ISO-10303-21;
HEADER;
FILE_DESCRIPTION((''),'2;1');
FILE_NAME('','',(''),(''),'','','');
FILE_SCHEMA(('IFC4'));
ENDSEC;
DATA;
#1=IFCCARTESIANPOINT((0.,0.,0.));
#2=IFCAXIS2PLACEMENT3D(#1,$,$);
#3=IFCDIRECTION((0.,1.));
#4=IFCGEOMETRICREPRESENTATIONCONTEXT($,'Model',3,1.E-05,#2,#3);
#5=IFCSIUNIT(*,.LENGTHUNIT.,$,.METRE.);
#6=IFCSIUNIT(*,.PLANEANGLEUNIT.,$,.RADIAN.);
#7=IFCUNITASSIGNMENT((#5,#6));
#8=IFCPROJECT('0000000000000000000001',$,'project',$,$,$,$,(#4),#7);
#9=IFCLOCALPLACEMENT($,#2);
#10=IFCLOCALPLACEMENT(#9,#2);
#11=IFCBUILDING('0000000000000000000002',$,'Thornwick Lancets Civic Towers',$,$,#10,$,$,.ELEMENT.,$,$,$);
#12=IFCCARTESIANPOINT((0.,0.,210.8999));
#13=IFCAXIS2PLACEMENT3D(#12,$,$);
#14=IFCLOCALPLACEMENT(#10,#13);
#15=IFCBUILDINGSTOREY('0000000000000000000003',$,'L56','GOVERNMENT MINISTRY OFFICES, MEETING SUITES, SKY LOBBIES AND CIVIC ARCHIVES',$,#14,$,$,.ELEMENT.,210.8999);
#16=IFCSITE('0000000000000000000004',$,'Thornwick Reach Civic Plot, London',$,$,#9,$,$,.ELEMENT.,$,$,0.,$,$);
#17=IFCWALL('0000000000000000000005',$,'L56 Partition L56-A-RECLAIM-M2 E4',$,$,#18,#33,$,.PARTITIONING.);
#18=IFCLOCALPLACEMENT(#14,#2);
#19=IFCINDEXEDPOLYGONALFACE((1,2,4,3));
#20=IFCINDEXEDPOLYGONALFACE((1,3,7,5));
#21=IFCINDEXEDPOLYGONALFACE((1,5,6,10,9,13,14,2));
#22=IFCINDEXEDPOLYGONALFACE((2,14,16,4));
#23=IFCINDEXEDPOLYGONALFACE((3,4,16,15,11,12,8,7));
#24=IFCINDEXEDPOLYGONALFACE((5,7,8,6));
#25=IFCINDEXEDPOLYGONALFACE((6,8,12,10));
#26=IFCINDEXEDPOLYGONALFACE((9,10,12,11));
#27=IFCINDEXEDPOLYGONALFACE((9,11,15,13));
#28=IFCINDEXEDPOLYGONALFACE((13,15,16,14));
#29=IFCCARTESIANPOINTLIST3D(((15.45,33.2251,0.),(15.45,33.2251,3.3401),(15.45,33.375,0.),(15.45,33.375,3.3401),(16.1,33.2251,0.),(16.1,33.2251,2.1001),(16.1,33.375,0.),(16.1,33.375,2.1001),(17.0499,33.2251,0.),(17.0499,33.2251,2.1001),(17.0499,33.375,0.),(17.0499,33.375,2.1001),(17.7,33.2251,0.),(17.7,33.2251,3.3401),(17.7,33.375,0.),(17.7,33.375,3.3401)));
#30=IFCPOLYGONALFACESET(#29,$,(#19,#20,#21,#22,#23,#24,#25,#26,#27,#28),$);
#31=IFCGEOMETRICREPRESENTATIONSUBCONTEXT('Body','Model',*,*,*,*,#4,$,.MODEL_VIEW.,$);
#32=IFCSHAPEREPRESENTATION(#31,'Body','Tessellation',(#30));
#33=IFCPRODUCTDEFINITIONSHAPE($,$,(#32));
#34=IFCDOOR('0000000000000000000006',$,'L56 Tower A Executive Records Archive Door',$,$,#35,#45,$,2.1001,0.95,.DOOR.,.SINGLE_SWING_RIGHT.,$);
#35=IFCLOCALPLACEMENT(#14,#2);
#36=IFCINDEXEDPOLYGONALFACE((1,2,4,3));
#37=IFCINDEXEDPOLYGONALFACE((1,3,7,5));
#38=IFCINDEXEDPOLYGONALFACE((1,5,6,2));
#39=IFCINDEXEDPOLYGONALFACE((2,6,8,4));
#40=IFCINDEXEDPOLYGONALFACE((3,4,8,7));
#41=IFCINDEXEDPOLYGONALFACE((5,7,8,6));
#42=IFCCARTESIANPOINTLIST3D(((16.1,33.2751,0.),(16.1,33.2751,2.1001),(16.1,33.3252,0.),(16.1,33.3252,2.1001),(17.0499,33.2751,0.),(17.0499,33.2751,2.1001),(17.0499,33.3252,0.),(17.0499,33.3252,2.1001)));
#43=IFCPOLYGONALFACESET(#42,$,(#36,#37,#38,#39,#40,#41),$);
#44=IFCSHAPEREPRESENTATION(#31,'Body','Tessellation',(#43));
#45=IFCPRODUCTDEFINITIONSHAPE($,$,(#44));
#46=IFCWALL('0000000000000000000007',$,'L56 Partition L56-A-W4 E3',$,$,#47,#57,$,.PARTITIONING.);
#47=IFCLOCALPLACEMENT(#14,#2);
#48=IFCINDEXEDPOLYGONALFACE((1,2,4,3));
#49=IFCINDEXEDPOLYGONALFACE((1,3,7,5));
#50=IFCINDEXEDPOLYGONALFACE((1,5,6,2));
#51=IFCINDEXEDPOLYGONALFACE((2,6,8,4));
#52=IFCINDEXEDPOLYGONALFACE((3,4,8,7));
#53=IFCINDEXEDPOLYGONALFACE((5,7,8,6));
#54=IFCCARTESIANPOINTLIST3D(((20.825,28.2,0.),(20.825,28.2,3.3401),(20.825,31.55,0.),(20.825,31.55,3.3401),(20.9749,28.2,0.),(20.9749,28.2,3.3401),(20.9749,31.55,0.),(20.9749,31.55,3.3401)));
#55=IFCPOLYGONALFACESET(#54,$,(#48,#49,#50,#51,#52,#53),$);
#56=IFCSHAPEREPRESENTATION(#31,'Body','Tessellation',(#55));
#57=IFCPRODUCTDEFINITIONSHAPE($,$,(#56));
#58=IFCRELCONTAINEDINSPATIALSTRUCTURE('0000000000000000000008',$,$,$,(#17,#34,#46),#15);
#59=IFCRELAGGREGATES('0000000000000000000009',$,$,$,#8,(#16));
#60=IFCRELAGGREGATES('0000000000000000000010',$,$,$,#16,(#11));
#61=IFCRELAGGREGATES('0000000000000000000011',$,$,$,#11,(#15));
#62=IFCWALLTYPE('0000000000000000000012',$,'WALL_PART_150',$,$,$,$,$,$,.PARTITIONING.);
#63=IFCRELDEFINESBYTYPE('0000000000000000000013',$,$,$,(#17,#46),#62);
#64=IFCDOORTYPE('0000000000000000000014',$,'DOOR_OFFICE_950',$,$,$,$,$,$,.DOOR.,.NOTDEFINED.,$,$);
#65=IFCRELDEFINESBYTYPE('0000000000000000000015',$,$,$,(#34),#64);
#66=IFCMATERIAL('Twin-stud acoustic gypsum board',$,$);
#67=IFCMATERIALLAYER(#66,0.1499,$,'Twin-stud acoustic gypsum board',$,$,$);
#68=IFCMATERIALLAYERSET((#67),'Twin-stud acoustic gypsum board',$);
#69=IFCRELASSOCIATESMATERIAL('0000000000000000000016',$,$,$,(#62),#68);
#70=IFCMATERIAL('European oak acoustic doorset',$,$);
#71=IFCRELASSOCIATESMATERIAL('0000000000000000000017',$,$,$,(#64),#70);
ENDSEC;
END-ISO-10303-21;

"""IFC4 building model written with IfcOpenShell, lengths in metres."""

from ifc_helpers import new_model, si_unit, direction, frame, frame_2d, origin, place, context, subcontext, project, spatial, rectangle, extrude, material, layer, layer_set, type_object, element, fill, save


model = new_model("IFC4")

# Units and contexts
model_context = context("Model", 3, precision=1e-05, world=origin(), true_north=direction((0.0, 1.0)))
body_context = subcontext(model_context, "Body", "Model", "MODEL_VIEW")
ifc_project = project(units=[si_unit("LENGTHUNIT", "METRE"), si_unit("PLANEANGLEUNIT", "RADIAN")], contexts=[model_context])

# Site, building, storey
site_placement = place(None, origin())
site = spatial("IfcSite", under=ifc_project, at=site_placement, Name="Thornwick Reach Civic Plot, London", CompositionType="ELEMENT", RefElevation=0.0)
building_placement = place(site_placement, origin())
building = spatial("IfcBuilding", under=site, at=building_placement, Name="Thornwick Lancets Civic Towers", CompositionType="ELEMENT")
storey_placement = place(building_placement, frame((0.0, 0.0, 210.8999)))
storey = spatial("IfcBuildingStorey", under=building, at=storey_placement, Name="L56", Description="GOVERNMENT MINISTRY OFFICES, MEETING SUITES, SKY LOBBIES AND CIVIC ARCHIVES", CompositionType="ELEMENT", Elevation=210.8999)

# Shared definitions
ifc_material_1 = material(Name="Twin-stud acoustic gypsum board")
ifc_layer_1 = layer(ifc_material_1, 0.1499, Name="Twin-stud acoustic gypsum board")
ifc_layer_set_1 = layer_set([ifc_layer_1], Name="Twin-stud acoustic gypsum board")
wall_type_1 = type_object("IfcWallType", Name="WALL_PART_150", PredefinedType="PARTITIONING", material=ifc_layer_set_1)

# Wall, opening, door
wall_1_placement = place(storey_placement, frame((17.7, 33.3, 0.0), z_axis=(0.0, 0.0, 1.0), x_axis=(-1.0, 0.0, 0.0)))
wall_1 = element("IfcWall", 1, at=wall_1_placement, inside=storey, type_object=wall_type_1, Name="L56 Partition L56-A-RECLAIM-M2 E4", PredefinedType="PARTITIONING", context=body_context, shape_type="SweptSolid", body=[
    extrude(rectangle(XDim=2.25, YDim=0.1499, at=frame_2d((1.125, 0.0))), origin(), (0.0, 0.0, 1.0), 3.3401),
])
opening_1_placement = place(wall_1_placement, frame((0.6499, 0.0, 0.0)))
opening_1 = element("IfcOpeningElement", 2, at=opening_1_placement, cuts=wall_1, PredefinedType="OPENING", context=body_context, shape_type="SweptSolid", body=[
    extrude(rectangle(XDim=0.95, YDim=2.1001, at=frame_2d((0.4751, 1.05))), frame((0.0, 0.085, 0.0), z_axis=(0.0, -1.0, 0.0), x_axis=(1.0, 0.0, 0.0)), (0.0, 0.0, 1.0), 0.1699),
])
ifc_material_2 = material(Name="European oak acoustic doorset")
door_type_1 = type_object("IfcDoorType", Name="DOOR_OFFICE_950", OperationType="NOTDEFINED", PredefinedType="DOOR", material=ifc_material_2)
door_1_placement = place(opening_1_placement, origin())
door_1 = element("IfcDoor", 3, at=door_1_placement, inside=storey, type_object=door_type_1, Name="L56 Tower A Executive Records Archive Door", OperationType="SINGLE_SWING_RIGHT", OverallHeight=2.1001, OverallWidth=0.95, PredefinedType="DOOR", context=body_context, shape_type="SweptSolid", body=[
    extrude(rectangle(XDim=0.95, YDim=2.1001, at=frame_2d((0.4751, 1.05))), frame((0.0, 0.0249, 0.0), z_axis=(0.0, -1.0, 0.0), x_axis=(1.0, 0.0, 0.0)), (0.0, 0.0, 1.0), 0.05),
])
fill(opening_1, door_1)

# Wall
wall_2_placement = place(storey_placement, frame((20.8999, 31.55, 0.0), z_axis=(0.0, 0.0, 1.0), x_axis=(0.0, -1.0, 0.0)))
element("IfcWall", 4, at=wall_2_placement, inside=storey, type_object=wall_type_1, Name="L56 Partition L56-A-W4 E3", PredefinedType="PARTITIONING", context=body_context, shape_type="SweptSolid", body=[
    extrude(rectangle(XDim=3.3501, YDim=0.1499, at=frame_2d((1.675, 0.0))), origin(), (0.0, 0.0, 1.0), 3.3401),
])

save(model, "model.ifc")
